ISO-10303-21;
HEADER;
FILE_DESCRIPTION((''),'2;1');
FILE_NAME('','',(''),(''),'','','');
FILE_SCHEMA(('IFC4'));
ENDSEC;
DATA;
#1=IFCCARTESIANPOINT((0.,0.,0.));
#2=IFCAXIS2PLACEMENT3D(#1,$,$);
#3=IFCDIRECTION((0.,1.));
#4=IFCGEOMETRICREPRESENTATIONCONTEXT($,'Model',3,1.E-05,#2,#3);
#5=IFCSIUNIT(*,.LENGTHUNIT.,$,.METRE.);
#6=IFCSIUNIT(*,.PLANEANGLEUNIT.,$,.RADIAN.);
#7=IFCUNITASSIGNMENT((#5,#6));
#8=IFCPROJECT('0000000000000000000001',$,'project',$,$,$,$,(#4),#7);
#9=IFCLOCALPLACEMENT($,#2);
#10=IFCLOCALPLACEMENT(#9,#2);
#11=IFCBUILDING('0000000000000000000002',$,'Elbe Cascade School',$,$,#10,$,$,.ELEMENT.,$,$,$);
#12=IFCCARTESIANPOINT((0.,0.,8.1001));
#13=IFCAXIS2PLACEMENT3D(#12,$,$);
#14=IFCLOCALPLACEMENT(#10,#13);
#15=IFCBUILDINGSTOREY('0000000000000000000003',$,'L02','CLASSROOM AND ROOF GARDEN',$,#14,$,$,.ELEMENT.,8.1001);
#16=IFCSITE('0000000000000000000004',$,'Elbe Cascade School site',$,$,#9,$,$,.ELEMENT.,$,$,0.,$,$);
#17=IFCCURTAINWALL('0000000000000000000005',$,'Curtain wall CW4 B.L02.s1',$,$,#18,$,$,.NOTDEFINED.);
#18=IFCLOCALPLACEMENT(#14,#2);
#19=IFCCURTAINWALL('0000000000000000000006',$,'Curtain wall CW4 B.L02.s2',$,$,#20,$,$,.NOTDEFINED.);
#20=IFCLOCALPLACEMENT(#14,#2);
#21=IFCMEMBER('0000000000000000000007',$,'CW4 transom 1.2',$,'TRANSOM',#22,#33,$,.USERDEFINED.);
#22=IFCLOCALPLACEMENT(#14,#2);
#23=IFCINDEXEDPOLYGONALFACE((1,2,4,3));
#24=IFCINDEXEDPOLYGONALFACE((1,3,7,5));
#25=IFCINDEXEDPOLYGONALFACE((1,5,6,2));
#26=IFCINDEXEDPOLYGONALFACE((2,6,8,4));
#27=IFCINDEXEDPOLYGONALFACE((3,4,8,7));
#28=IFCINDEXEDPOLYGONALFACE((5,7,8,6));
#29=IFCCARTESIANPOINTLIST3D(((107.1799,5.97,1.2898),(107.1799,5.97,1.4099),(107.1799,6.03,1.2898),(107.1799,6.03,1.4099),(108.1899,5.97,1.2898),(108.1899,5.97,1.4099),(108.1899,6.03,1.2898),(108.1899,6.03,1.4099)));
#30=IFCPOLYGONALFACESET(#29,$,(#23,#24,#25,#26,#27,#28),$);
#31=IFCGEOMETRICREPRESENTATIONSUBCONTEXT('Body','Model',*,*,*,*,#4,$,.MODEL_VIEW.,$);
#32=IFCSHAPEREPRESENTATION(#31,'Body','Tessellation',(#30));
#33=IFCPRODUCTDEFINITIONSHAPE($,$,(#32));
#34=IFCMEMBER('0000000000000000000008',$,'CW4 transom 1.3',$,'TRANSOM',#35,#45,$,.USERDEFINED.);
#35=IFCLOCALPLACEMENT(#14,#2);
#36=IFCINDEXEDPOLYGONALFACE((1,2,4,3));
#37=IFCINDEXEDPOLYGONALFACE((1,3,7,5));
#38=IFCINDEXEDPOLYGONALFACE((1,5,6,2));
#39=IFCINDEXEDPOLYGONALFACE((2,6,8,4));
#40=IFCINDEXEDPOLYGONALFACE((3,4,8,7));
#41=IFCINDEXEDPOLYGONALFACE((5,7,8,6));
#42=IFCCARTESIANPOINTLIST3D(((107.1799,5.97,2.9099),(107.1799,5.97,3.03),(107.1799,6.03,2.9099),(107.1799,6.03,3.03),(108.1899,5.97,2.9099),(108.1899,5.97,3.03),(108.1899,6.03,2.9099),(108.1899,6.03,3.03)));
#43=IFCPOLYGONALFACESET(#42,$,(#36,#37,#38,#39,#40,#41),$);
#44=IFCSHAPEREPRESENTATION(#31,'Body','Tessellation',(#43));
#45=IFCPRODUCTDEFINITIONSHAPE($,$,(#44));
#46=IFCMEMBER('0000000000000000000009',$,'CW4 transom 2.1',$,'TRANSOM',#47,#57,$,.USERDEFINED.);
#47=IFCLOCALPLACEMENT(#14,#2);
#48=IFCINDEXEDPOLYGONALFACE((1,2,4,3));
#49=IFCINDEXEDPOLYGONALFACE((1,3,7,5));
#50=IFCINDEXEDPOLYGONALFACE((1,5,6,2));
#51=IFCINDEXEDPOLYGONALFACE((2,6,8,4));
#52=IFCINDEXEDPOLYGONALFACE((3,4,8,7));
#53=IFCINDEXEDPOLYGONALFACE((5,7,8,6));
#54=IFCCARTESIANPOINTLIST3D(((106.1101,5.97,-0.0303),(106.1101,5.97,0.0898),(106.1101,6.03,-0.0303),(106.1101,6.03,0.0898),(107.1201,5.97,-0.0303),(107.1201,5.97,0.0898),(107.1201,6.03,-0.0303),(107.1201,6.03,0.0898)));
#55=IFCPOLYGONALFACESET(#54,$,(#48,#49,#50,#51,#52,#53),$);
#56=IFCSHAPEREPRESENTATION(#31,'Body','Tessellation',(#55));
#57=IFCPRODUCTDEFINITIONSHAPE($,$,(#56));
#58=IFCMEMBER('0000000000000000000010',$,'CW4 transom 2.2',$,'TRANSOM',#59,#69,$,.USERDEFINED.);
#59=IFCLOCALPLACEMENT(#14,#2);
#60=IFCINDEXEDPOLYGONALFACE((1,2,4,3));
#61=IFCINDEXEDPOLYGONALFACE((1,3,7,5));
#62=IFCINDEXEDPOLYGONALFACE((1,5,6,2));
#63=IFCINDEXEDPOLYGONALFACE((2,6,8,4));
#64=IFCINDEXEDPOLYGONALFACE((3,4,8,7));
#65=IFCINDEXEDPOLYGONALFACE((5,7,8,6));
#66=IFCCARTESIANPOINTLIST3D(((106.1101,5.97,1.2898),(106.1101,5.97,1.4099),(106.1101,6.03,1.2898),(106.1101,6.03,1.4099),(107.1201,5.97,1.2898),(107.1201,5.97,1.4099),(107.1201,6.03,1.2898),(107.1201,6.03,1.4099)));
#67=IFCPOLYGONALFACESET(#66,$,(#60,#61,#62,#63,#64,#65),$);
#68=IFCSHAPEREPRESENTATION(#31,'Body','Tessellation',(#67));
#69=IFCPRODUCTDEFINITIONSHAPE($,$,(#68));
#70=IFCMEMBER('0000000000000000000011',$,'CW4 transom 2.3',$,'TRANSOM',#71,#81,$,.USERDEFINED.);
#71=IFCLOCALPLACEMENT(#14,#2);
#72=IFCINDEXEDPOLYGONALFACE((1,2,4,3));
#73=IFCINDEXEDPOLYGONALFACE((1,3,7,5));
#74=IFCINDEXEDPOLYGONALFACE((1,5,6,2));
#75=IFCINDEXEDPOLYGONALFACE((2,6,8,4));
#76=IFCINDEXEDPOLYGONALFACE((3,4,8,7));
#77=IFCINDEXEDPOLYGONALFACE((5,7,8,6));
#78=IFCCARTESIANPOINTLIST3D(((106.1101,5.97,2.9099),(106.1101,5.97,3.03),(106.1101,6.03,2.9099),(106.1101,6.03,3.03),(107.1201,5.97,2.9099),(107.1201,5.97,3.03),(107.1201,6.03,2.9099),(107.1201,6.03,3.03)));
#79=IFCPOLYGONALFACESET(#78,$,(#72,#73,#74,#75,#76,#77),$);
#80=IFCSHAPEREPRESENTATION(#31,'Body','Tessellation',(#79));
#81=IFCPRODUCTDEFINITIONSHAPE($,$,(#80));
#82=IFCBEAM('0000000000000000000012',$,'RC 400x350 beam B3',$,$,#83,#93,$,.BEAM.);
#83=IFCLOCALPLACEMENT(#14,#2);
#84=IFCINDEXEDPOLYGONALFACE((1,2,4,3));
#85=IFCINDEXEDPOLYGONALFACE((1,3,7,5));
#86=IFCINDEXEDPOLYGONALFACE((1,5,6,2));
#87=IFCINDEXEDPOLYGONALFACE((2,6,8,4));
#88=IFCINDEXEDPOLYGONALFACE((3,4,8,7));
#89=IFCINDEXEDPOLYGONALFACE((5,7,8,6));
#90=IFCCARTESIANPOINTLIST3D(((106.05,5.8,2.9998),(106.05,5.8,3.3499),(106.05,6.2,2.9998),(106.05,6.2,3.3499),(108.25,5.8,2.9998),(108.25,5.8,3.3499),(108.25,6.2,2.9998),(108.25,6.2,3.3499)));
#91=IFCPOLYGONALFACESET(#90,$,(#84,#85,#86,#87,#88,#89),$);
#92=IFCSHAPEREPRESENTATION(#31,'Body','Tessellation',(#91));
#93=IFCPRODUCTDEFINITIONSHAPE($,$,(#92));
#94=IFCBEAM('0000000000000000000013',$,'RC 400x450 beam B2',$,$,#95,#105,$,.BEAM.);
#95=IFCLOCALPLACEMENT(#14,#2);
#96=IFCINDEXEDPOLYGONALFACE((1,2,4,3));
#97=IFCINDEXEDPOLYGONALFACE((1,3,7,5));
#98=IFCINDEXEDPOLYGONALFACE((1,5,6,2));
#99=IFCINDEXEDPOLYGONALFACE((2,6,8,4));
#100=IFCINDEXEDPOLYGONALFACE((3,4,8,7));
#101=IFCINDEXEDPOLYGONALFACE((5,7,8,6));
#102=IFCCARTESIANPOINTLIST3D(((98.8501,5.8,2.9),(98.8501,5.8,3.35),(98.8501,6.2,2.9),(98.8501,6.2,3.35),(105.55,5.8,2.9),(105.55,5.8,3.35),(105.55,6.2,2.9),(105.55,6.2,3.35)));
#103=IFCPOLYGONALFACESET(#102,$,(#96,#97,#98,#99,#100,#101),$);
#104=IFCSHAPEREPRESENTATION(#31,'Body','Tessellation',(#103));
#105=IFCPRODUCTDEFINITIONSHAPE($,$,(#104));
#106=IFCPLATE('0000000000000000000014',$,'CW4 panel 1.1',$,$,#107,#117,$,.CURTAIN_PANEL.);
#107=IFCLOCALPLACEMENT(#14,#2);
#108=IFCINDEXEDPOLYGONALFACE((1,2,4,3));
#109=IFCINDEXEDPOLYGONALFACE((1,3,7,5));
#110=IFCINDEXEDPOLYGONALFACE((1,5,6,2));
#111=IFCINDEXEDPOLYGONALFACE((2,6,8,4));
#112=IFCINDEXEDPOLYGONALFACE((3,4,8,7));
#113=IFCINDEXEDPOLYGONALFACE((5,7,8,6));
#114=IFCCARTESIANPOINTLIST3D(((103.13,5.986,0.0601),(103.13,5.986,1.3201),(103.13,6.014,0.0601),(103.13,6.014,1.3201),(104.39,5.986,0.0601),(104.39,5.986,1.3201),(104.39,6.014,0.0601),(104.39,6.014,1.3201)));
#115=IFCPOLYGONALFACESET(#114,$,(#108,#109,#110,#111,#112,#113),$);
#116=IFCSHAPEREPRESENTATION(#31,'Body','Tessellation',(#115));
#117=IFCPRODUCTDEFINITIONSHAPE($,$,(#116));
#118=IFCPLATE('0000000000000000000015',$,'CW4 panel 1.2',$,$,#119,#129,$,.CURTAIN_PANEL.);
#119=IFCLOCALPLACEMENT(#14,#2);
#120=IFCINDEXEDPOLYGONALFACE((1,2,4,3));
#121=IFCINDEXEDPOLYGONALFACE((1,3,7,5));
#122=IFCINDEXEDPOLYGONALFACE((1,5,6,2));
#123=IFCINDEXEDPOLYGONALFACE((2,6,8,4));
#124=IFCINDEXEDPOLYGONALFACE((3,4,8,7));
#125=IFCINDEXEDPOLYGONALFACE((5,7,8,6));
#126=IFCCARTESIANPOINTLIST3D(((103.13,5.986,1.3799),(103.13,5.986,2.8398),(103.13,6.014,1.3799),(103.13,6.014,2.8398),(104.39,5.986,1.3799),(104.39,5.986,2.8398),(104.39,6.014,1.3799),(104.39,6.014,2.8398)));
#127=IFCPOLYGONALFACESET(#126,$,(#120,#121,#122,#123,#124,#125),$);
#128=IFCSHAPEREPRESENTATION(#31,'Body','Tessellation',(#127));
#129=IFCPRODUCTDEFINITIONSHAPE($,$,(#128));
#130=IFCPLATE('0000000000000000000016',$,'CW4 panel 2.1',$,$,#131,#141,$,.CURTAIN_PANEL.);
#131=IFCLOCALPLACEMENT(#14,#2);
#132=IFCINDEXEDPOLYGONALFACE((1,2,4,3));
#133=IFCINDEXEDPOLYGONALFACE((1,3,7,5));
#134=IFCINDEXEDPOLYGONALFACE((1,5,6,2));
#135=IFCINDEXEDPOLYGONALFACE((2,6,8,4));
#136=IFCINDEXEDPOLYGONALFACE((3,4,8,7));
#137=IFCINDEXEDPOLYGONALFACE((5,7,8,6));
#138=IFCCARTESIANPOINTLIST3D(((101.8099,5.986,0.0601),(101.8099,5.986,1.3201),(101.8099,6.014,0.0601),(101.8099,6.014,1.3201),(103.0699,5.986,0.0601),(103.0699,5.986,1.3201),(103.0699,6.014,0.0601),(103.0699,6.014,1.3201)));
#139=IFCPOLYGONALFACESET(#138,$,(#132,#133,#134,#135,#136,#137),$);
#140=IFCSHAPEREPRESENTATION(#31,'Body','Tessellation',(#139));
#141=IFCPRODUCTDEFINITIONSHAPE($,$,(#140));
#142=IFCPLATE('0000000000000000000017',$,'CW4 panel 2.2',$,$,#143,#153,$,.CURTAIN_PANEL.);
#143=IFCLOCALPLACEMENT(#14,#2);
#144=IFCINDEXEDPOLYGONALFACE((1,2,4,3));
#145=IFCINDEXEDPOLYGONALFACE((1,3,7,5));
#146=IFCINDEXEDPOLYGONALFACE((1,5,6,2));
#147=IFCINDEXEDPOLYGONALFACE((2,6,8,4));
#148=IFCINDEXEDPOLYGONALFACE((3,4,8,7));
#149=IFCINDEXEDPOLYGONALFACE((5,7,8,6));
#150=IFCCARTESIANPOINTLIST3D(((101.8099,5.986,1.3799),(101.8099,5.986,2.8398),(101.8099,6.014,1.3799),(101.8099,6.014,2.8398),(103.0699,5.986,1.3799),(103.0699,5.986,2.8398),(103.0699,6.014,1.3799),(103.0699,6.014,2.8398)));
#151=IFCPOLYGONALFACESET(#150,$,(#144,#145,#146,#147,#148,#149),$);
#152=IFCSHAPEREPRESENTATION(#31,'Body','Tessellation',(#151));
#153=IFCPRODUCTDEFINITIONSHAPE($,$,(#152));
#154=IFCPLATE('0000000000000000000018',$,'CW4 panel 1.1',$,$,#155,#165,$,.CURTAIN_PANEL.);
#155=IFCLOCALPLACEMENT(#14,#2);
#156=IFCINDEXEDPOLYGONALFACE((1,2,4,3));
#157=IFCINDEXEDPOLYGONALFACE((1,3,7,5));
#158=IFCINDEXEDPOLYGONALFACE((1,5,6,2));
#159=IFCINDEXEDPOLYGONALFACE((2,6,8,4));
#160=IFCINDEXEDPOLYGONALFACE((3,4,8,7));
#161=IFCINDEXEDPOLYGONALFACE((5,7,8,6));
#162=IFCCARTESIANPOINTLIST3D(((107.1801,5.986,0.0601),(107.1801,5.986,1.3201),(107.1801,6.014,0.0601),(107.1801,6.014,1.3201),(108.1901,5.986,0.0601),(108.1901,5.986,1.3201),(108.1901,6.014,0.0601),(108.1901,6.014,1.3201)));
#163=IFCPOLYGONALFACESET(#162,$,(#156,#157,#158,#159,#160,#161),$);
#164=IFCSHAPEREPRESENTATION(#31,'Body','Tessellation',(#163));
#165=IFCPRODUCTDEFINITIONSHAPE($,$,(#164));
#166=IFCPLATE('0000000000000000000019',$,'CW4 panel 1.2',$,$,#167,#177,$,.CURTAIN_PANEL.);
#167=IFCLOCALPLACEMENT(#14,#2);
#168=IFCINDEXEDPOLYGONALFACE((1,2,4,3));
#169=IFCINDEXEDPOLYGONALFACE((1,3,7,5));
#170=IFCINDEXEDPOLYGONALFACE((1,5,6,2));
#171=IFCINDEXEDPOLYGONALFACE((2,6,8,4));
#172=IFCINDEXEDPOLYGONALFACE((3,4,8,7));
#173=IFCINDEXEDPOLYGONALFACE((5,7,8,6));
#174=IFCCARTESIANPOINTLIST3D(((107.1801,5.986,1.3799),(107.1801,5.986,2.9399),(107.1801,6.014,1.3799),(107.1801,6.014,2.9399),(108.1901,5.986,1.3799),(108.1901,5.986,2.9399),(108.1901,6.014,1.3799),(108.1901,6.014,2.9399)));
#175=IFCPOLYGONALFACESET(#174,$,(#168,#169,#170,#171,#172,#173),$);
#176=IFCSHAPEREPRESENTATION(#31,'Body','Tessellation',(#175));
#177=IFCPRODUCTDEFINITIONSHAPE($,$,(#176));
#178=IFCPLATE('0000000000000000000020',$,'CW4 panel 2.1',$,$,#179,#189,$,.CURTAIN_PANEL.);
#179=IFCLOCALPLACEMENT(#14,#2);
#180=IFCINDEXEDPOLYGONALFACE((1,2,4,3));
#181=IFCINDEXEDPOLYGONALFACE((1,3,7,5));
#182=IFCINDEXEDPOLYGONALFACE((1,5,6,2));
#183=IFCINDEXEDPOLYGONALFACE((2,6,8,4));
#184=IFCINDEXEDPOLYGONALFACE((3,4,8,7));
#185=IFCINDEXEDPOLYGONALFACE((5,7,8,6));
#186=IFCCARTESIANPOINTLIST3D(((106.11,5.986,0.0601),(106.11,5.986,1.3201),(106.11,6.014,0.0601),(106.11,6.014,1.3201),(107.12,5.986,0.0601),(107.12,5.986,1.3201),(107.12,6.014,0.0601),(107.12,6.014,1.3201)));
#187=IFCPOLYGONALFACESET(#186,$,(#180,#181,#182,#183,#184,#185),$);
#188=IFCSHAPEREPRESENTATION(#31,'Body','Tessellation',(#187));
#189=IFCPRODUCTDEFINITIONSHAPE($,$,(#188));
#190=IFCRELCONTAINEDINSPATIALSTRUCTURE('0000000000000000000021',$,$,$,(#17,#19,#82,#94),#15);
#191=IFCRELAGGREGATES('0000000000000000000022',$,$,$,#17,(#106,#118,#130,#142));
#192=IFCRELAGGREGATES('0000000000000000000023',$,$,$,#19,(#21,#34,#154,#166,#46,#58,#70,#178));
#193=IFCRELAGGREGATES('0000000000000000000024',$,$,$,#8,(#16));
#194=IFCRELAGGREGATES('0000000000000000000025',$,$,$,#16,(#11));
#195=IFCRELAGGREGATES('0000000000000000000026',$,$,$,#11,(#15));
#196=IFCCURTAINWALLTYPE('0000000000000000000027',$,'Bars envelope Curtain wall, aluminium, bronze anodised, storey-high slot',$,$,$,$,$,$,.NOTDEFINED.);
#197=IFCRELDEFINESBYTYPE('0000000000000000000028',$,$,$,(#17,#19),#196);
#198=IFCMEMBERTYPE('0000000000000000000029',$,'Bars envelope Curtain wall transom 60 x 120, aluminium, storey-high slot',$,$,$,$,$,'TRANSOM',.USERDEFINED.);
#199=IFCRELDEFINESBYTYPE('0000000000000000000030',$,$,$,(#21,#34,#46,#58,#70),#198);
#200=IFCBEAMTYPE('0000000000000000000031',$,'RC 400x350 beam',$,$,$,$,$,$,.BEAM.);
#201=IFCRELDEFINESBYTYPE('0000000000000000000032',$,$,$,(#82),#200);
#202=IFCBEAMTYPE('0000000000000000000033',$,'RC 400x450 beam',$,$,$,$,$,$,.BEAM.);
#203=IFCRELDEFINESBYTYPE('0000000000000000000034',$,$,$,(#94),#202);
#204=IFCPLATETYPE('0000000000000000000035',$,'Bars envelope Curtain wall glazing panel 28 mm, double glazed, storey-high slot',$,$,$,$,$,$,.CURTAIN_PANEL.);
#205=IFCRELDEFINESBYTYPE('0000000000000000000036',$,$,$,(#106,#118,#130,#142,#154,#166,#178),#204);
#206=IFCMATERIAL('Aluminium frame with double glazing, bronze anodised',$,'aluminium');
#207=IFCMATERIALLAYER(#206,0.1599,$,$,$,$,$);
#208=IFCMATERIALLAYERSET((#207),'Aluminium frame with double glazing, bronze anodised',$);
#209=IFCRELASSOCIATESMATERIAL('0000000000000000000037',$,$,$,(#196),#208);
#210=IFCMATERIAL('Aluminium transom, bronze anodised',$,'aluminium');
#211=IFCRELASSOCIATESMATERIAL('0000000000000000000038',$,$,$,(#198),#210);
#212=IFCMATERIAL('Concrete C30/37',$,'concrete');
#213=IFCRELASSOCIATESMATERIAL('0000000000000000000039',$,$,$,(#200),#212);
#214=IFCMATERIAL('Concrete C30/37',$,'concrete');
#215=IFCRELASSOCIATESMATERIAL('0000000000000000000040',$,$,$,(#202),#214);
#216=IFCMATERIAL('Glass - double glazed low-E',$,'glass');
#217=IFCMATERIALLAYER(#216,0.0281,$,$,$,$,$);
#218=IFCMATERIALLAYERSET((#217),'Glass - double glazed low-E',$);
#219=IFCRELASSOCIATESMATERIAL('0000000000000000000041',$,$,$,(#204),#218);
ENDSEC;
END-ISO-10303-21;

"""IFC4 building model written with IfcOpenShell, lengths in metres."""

from ifc_helpers import new_model, si_unit, direction, frame, origin, origin_2d, place, context, subcontext, project, spatial, rectangle, extrude, material, layer, layer_set, material_profile, profile_set, type_object, element, aggregate, save


model = new_model("IFC4")

# Units and contexts
model_context = context("Model", 3, precision=1e-05, world=origin(), true_north=direction((0.0, 1.0)))
body_context = subcontext(model_context, "Body", "Model", "MODEL_VIEW")
ifc_project = project(units=[si_unit("LENGTHUNIT", "METRE"), si_unit("PLANEANGLEUNIT", "RADIAN")], contexts=[model_context])

# Site, building, storey
site_placement = place(None, origin())
site = spatial("IfcSite", under=ifc_project, at=site_placement, Name="Elbe Cascade School site", CompositionType="ELEMENT", RefElevation=0.0)
building_placement = place(site_placement, origin())
building = spatial("IfcBuilding", under=site, at=building_placement, Name="Elbe Cascade School", CompositionType="ELEMENT")
storey_placement = place(building_placement, frame((0.0, 0.0, 8.1001)))
storey = spatial("IfcBuildingStorey", under=building, at=storey_placement, Name="L02", Description="CLASSROOM AND ROOF GARDEN", CompositionType="ELEMENT", Elevation=8.1001)

# Curtain walls
ifc_material_1 = material(Name="Aluminium frame with double glazing, bronze anodised", Category="aluminium")
ifc_layer_1 = layer(ifc_material_1, 0.1599)
ifc_layer_set_1 = layer_set([ifc_layer_1], Name="Aluminium frame with double glazing, bronze anodised")
curtain_wall_type = type_object("IfcCurtainWallType", Name="Bars envelope Curtain wall, aluminium, bronze anodised, storey-high slot", PredefinedType="NOTDEFINED", material=ifc_layer_set_1)
curtain_wall_1_placement = place(storey_placement, origin())
curtain_wall_1 = element("IfcCurtainWall", 1, at=curtain_wall_1_placement, inside=storey, type_object=curtain_wall_type, Name="Curtain wall CW4 B.L02.s1", PredefinedType="NOTDEFINED")
curtain_wall_2_placement = place(storey_placement, origin())
curtain_wall_2 = element("IfcCurtainWall", 2, at=curtain_wall_2_placement, inside=storey, type_object=curtain_wall_type, Name="Curtain wall CW4 B.L02.s2", PredefinedType="NOTDEFINED")

# Members
ifc_material_2 = material(Name="Aluminium transom, bronze anodised", Category="aluminium")
ifc_material_profile_1 = material_profile(ifc_material_2, rectangle(XDim=0.0601, YDim=0.1201, at=origin_2d()), Name="Bars envelope Curtain wall transom 60 x 120, aluminium, storey-high slot")
ifc_profile_set_1 = profile_set([ifc_material_profile_1], Name="Aluminium transom, bronze anodised")
member_type_1 = type_object("IfcMemberType", Name="Bars envelope Curtain wall transom 60 x 120, aluminium, storey-high slot", ElementType="TRANSOM", PredefinedType="USERDEFINED", material=ifc_profile_set_1)
member_1_placement = place(storey_placement, frame((108.1899, 6.0, 1.3499), z_axis=(-1.0, 0.0, 0.0), x_axis=(0.0, -1.0, 0.0)))
member_1 = element("IfcMember", 3, at=member_1_placement, type_object=member_type_1, Name="CW4 transom 1.2", ObjectType="TRANSOM", PredefinedType="USERDEFINED", context=body_context, shape_type="SweptSolid", body=[
    extrude(rectangle(XDim=0.0601, YDim=0.1201, at=origin_2d()), origin(), (0.0, 0.0, 1.0), 1.01),
])
member_2_placement = place(storey_placement, frame((108.1899, 6.0, 2.97), z_axis=(-1.0, 0.0, 0.0), x_axis=(0.0, -1.0, 0.0)))
member_2 = element("IfcMember", 4, at=member_2_placement, type_object=member_type_1, Name="CW4 transom 1.3", ObjectType="TRANSOM", PredefinedType="USERDEFINED", context=body_context, shape_type="SweptSolid", body=[
    extrude(rectangle(XDim=0.0601, YDim=0.1201, at=origin_2d()), origin(), (0.0, 0.0, 1.0), 1.01),
])
member_3_placement = place(storey_placement, frame((107.1201, 6.0, 0.0298), z_axis=(-1.0, 0.0, 0.0), x_axis=(0.0, -1.0, 0.0)))
member_3 = element("IfcMember", 5, at=member_3_placement, type_object=member_type_1, Name="CW4 transom 2.1", ObjectType="TRANSOM", PredefinedType="USERDEFINED", context=body_context, shape_type="SweptSolid", body=[
    extrude(rectangle(XDim=0.0601, YDim=0.1201, at=origin_2d()), origin(), (0.0, 0.0, 1.0), 1.01),
])
member_4_placement = place(storey_placement, frame((107.1201, 6.0, 1.3499), z_axis=(-1.0, 0.0, 0.0), x_axis=(0.0, -1.0, 0.0)))
member_4 = element("IfcMember", 6, at=member_4_placement, type_object=member_type_1, Name="CW4 transom 2.2", ObjectType="TRANSOM", PredefinedType="USERDEFINED", context=body_context, shape_type="SweptSolid", body=[
    extrude(rectangle(XDim=0.0601, YDim=0.1201, at=origin_2d()), origin(), (0.0, 0.0, 1.0), 1.01),
])
member_5_placement = place(storey_placement, frame((107.1201, 6.0, 2.97), z_axis=(-1.0, 0.0, 0.0), x_axis=(0.0, -1.0, 0.0)))
member_5 = element("IfcMember", 7, at=member_5_placement, type_object=member_type_1, Name="CW4 transom 2.3", ObjectType="TRANSOM", PredefinedType="USERDEFINED", context=body_context, shape_type="SweptSolid", body=[
    extrude(rectangle(XDim=0.0601, YDim=0.1201, at=origin_2d()), origin(), (0.0, 0.0, 1.0), 1.01),
])

# Beams
ifc_material_3 = material(Name="Concrete C30/37", Category="concrete")
ifc_material_profile_2 = material_profile(ifc_material_3, rectangle(XDim=0.3999, YDim=0.3501, at=origin_2d()), Name="RC 400x350")
ifc_profile_set_2 = profile_set([ifc_material_profile_2], Name="Concrete C30/37")
beam_type_1 = type_object("IfcBeamType", Name="RC 400x350 beam", PredefinedType="BEAM", material=ifc_profile_set_2)
beam_1_placement = place(storey_placement, frame((106.05, 6.0, 3.1748), z_axis=(1.0, 0.0, 0.0), x_axis=(0.0, 1.0, 0.0)))
element("IfcBeam", 8, at=beam_1_placement, inside=storey, type_object=beam_type_1, Name="RC 400x350 beam B3", PredefinedType="BEAM", context=body_context, shape_type="SweptSolid", body=[
    extrude(rectangle(XDim=0.3999, YDim=0.3501, at=origin_2d()), origin(), (0.0, 0.0, 1.0), 2.2),
])
ifc_material_4 = material(Name="Concrete C30/37", Category="concrete")
ifc_material_profile_3 = material_profile(ifc_material_4, rectangle(XDim=0.3999, YDim=0.45, at=origin_2d()), Name="RC 400x450")
ifc_profile_set_3 = profile_set([ifc_material_profile_3], Name="Concrete C30/37")
beam_type_2 = type_object("IfcBeamType", Name="RC 400x450 beam", PredefinedType="BEAM", material=ifc_profile_set_3)
beam_2_placement = place(storey_placement, frame((98.8501, 6.0, 3.125), z_axis=(1.0, 0.0, 0.0), x_axis=(0.0, 1.0, 0.0)))
element("IfcBeam", 9, at=beam_2_placement, inside=storey, type_object=beam_type_2, Name="RC 400x450 beam B2", PredefinedType="BEAM", context=body_context, shape_type="SweptSolid", body=[
    extrude(rectangle(XDim=0.3999, YDim=0.45, at=origin_2d()), origin(), (0.0, 0.0, 1.0), 6.7),
])

# Plates
ifc_material_5 = material(Name="Glass - double glazed low-E", Category="glass")
ifc_layer_2 = layer(ifc_material_5, 0.0281)
ifc_layer_set_2 = layer_set([ifc_layer_2], Name="Glass - double glazed low-E")
plate_type = type_object("IfcPlateType", Name="Bars envelope Curtain wall glazing panel 28 mm, double glazed, storey-high slot", PredefinedType="CURTAIN_PANEL", material=ifc_layer_set_2)
plate_1_placement = place(storey_placement, frame((103.76, 6.0, 0.0601), z_axis=(0.0, 0.0, 1.0), x_axis=(-1.0, 0.0, 0.0)))
plate_1 = element("IfcPlate", 10, at=plate_1_placement, type_object=plate_type, Name="CW4 panel 1.1", PredefinedType="CURTAIN_PANEL", context=body_context, shape_type="SweptSolid", body=[
    extrude(rectangle(XDim=1.26, YDim=0.0281, at=origin_2d()), origin(), (0.0, 0.0, 1.0), 1.26),
])
plate_2_placement = place(storey_placement, frame((103.76, 6.0, 1.3799), z_axis=(0.0, 0.0, 1.0), x_axis=(-1.0, 0.0, 0.0)))
plate_2 = element("IfcPlate", 11, at=plate_2_placement, type_object=plate_type, Name="CW4 panel 1.2", PredefinedType="CURTAIN_PANEL", context=body_context, shape_type="SweptSolid", body=[
    extrude(rectangle(XDim=1.26, YDim=0.0281, at=origin_2d()), origin(), (0.0, 0.0, 1.0), 1.46),
])
plate_3_placement = place(storey_placement, frame((102.4399, 6.0, 0.0601), z_axis=(0.0, 0.0, 1.0), x_axis=(-1.0, 0.0, 0.0)))
plate_3 = element("IfcPlate", 12, at=plate_3_placement, type_object=plate_type, Name="CW4 panel 2.1", PredefinedType="CURTAIN_PANEL", context=body_context, shape_type="SweptSolid", body=[
    extrude(rectangle(XDim=1.26, YDim=0.0281, at=origin_2d()), origin(), (0.0, 0.0, 1.0), 1.26),
])
plate_4_placement = place(storey_placement, frame((102.4399, 6.0, 1.3799), z_axis=(0.0, 0.0, 1.0), x_axis=(-1.0, 0.0, 0.0)))
plate_4 = element("IfcPlate", 13, at=plate_4_placement, type_object=plate_type, Name="CW4 panel 2.2", PredefinedType="CURTAIN_PANEL", context=body_context, shape_type="SweptSolid", body=[
    extrude(rectangle(XDim=1.26, YDim=0.0281, at=origin_2d()), origin(), (0.0, 0.0, 1.0), 1.46),
])
aggregate(curtain_wall_1, [plate_1, plate_2, plate_3, plate_4])
plate_5_placement = place(storey_placement, frame((107.6851, 6.0, 0.0601), z_axis=(0.0, 0.0, 1.0), x_axis=(-1.0, 0.0, 0.0)))
plate_5 = element("IfcPlate", 14, at=plate_5_placement, type_object=plate_type, Name="CW4 panel 1.1", PredefinedType="CURTAIN_PANEL", context=body_context, shape_type="SweptSolid", body=[
    extrude(rectangle(XDim=1.01, YDim=0.0281, at=origin_2d()), origin(), (0.0, 0.0, 1.0), 1.26),
])
plate_6_placement = place(storey_placement, frame((107.6851, 6.0, 1.3799), z_axis=(0.0, 0.0, 1.0), x_axis=(-1.0, 0.0, 0.0)))
plate_6 = element("IfcPlate", 15, at=plate_6_placement, type_object=plate_type, Name="CW4 panel 1.2", PredefinedType="CURTAIN_PANEL", context=body_context, shape_type="SweptSolid", body=[
    extrude(rectangle(XDim=1.01, YDim=0.0281, at=origin_2d()), origin(), (0.0, 0.0, 1.0), 1.5601),
])
plate_7_placement = place(storey_placement, frame((106.615, 6.0, 0.0601), z_axis=(0.0, 0.0, 1.0), x_axis=(-1.0, 0.0, 0.0)))
plate_7 = element("IfcPlate", 16, at=plate_7_placement, type_object=plate_type, Name="CW4 panel 2.1", PredefinedType="CURTAIN_PANEL", context=body_context, shape_type="SweptSolid", body=[
    extrude(rectangle(XDim=1.01, YDim=0.0281, at=origin_2d()), origin(), (0.0, 0.0, 1.0), 1.26),
])
aggregate(curtain_wall_2, [member_1, member_2, plate_5, plate_6, member_3, member_4, member_5, plate_7])

save(model, "model.ifc")
